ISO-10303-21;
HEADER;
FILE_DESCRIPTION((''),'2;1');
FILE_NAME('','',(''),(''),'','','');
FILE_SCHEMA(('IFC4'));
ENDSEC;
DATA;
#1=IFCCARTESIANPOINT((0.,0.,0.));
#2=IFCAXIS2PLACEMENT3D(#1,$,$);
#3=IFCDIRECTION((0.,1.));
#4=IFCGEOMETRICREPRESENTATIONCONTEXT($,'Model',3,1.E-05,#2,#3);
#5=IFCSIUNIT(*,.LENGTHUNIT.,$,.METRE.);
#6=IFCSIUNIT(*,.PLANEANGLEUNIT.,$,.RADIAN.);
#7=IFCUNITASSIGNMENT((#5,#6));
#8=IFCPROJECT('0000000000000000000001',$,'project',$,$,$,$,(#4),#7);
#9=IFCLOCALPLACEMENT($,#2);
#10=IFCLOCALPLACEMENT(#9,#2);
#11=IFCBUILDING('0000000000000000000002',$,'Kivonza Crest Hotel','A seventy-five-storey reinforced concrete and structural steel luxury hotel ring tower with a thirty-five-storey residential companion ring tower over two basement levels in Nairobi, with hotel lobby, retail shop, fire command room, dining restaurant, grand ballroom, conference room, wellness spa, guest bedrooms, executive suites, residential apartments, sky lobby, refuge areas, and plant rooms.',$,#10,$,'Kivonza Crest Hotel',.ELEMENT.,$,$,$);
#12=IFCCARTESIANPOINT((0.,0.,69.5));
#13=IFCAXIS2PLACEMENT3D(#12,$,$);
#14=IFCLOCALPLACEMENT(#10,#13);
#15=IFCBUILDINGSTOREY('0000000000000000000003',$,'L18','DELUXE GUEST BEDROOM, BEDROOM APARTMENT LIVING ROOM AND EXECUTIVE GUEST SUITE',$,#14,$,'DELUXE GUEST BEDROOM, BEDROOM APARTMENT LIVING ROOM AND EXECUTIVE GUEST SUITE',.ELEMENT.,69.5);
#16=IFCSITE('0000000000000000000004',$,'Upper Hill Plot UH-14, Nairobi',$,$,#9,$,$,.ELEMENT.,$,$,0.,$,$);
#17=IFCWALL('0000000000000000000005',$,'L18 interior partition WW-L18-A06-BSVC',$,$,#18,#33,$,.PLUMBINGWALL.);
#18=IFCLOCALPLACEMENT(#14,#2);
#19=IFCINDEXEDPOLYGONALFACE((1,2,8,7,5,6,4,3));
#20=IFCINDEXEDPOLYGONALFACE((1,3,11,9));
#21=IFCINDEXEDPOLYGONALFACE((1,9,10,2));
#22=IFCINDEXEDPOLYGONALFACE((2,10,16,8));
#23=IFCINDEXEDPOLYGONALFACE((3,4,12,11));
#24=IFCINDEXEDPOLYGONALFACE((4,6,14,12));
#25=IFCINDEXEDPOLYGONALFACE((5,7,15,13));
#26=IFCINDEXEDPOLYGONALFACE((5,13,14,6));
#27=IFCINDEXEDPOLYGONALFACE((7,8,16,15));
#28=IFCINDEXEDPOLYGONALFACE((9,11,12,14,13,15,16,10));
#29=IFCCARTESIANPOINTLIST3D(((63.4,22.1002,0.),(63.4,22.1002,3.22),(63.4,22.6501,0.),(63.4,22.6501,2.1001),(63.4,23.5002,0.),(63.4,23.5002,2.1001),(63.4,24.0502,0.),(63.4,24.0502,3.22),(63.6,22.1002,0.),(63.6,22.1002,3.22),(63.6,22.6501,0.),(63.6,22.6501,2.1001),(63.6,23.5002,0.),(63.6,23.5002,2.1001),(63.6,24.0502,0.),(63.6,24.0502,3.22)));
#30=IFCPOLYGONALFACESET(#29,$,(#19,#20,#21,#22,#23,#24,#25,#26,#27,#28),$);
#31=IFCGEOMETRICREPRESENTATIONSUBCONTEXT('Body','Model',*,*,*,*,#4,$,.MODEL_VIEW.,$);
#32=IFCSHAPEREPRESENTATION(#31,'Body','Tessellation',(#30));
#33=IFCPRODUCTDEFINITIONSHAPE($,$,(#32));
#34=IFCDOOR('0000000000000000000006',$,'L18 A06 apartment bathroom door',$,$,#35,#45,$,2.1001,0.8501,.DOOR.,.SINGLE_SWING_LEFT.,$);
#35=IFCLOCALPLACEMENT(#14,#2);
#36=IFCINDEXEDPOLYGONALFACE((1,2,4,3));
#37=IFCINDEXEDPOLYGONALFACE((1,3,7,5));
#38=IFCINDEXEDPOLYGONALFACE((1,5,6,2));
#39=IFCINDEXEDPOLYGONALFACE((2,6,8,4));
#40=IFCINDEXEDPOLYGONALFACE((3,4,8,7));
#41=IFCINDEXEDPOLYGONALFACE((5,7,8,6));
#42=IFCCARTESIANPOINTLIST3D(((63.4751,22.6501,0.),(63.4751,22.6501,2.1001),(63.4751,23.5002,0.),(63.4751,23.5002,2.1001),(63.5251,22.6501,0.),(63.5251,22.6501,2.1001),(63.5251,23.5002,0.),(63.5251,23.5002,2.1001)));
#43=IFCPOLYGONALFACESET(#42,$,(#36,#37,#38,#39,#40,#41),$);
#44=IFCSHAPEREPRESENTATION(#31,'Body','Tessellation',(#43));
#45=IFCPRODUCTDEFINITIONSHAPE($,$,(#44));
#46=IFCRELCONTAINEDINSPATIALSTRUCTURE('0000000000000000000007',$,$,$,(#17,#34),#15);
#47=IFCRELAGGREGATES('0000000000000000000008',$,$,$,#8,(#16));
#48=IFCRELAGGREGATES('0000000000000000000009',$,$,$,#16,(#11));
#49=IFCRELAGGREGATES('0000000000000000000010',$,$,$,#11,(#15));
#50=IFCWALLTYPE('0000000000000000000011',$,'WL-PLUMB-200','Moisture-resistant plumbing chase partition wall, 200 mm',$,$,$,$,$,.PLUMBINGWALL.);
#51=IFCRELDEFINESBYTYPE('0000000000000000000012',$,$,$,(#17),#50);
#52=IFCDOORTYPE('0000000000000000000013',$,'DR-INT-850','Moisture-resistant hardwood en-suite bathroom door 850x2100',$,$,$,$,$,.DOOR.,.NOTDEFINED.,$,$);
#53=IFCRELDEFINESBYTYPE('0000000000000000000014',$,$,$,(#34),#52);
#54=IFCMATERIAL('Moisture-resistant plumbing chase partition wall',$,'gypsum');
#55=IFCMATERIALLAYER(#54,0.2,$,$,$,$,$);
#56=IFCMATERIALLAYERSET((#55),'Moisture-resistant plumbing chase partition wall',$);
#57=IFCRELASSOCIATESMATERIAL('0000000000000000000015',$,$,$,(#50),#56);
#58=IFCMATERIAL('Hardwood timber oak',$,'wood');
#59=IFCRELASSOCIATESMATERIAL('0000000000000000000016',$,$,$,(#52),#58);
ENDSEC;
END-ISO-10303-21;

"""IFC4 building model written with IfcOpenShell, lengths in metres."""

from ifc_helpers import new_model, si_unit, direction, frame, frame_2d, origin, place, context, subcontext, project, spatial, rectangle, extrude, material, layer, layer_set, type_object, element, fill, save


model = new_model("IFC4")

# Units and contexts
model_context = context("Model", 3, precision=1e-05, world=origin(), true_north=direction((0.0, 1.0)))
body_context = subcontext(model_context, "Body", "Model", "MODEL_VIEW")
ifc_project = project(units=[si_unit("LENGTHUNIT", "METRE"), si_unit("PLANEANGLEUNIT", "RADIAN")], contexts=[model_context])

# Site, building, storey
site_placement = place(None, origin())
site = spatial("IfcSite", under=ifc_project, at=site_placement, Name="Upper Hill Plot UH-14, Nairobi", CompositionType="ELEMENT", RefElevation=0.0)
building_placement = place(site_placement, origin())
building = spatial("IfcBuilding", under=site, at=building_placement, Name="Kivonza Crest Hotel", Description="A seventy-five-storey reinforced concrete and structural steel luxury hotel ring tower with a thirty-five-storey residential companion ring tower over two basement levels in Nairobi, with hotel lobby, retail shop, fire command room, dining restaurant, grand ballroom, conference room, wellness spa, guest bedrooms, executive suites, residential apartments, sky lobby, refuge areas, and plant rooms.", LongName="Kivonza Crest Hotel", CompositionType="ELEMENT")
storey_placement = place(building_placement, frame((0.0, 0.0, 69.5)))
storey = spatial("IfcBuildingStorey", under=building, at=storey_placement, Name="L18", Description="DELUXE GUEST BEDROOM, BEDROOM APARTMENT LIVING ROOM AND EXECUTIVE GUEST SUITE", LongName="DELUXE GUEST BEDROOM, BEDROOM APARTMENT LIVING ROOM AND EXECUTIVE GUEST SUITE", CompositionType="ELEMENT", Elevation=69.5)

# Wall, opening, door
ifc_material_1 = material(Name="Hardwood timber oak", Category="wood")
ifc_material_2 = material(Name="Moisture-resistant plumbing chase partition wall", Category="gypsum")
ifc_layer_1 = layer(ifc_material_2, 0.2)
ifc_layer_set_1 = layer_set([ifc_layer_1], Name="Moisture-resistant plumbing chase partition wall")
wall_type_1 = type_object("IfcWallType", Name="WL-PLUMB-200", Description="Moisture-resistant plumbing chase partition wall, 200 mm", PredefinedType="PLUMBINGWALL", material=ifc_layer_set_1)
door_type_1 = type_object("IfcDoorType", Name="DR-INT-850", Description="Moisture-resistant hardwood en-suite bathroom door 850x2100", OperationType="NOTDEFINED", PredefinedType="DOOR", material=ifc_material_1)
wall_1_placement = place(storey_placement, frame((63.5, 22.1001, 0.0), z_axis=(0.0, 0.0, 1.0), x_axis=(0.0, 1.0, 0.0)))
wall_1 = element("IfcWall", 1, at=wall_1_placement, inside=storey, type_object=wall_type_1, Name="L18 interior partition WW-L18-A06-BSVC", PredefinedType="PLUMBINGWALL", context=body_context, shape_type="SweptSolid", body=[
    extrude(rectangle(XDim=1.95, YDim=0.2, at=frame_2d((0.9751, 0.0))), origin(), (0.0, 0.0, 1.0), 3.22),
])
opening_1_placement = place(wall_1_placement, frame((0.55, 0.0, 0.0)))
opening_1 = element("IfcOpeningElement", 2, at=opening_1_placement, cuts=wall_1, PredefinedType="OPENING", context=body_context, shape_type="SweptSolid", body=[
    extrude(rectangle(XDim=0.8501, YDim=2.1001, at=frame_2d((0.425, 1.05))), frame((0.0, 0.1099, 0.0), z_axis=(0.0, -1.0, 0.0), x_axis=(1.0, 0.0, 0.0)), (0.0, 0.0, 1.0), 0.22),
])
door_1_placement = place(opening_1_placement, origin())
door_1 = element("IfcDoor", 3, at=door_1_placement, inside=storey, type_object=door_type_1, Name="L18 A06 apartment bathroom door", OperationType="SINGLE_SWING_LEFT", OverallHeight=2.1001, OverallWidth=0.8501, PredefinedType="DOOR", context=body_context, shape_type="SweptSolid", body=[
    extrude(rectangle(XDim=0.8501, YDim=2.1001, at=frame_2d((0.425, 1.05))), frame((0.0, 0.0249, 0.0), z_axis=(0.0, -1.0, 0.0), x_axis=(1.0, 0.0, 0.0)), (0.0, 0.0, 1.0), 0.05),
])
fill(opening_1, door_1)

save(model, "model.ifc")
